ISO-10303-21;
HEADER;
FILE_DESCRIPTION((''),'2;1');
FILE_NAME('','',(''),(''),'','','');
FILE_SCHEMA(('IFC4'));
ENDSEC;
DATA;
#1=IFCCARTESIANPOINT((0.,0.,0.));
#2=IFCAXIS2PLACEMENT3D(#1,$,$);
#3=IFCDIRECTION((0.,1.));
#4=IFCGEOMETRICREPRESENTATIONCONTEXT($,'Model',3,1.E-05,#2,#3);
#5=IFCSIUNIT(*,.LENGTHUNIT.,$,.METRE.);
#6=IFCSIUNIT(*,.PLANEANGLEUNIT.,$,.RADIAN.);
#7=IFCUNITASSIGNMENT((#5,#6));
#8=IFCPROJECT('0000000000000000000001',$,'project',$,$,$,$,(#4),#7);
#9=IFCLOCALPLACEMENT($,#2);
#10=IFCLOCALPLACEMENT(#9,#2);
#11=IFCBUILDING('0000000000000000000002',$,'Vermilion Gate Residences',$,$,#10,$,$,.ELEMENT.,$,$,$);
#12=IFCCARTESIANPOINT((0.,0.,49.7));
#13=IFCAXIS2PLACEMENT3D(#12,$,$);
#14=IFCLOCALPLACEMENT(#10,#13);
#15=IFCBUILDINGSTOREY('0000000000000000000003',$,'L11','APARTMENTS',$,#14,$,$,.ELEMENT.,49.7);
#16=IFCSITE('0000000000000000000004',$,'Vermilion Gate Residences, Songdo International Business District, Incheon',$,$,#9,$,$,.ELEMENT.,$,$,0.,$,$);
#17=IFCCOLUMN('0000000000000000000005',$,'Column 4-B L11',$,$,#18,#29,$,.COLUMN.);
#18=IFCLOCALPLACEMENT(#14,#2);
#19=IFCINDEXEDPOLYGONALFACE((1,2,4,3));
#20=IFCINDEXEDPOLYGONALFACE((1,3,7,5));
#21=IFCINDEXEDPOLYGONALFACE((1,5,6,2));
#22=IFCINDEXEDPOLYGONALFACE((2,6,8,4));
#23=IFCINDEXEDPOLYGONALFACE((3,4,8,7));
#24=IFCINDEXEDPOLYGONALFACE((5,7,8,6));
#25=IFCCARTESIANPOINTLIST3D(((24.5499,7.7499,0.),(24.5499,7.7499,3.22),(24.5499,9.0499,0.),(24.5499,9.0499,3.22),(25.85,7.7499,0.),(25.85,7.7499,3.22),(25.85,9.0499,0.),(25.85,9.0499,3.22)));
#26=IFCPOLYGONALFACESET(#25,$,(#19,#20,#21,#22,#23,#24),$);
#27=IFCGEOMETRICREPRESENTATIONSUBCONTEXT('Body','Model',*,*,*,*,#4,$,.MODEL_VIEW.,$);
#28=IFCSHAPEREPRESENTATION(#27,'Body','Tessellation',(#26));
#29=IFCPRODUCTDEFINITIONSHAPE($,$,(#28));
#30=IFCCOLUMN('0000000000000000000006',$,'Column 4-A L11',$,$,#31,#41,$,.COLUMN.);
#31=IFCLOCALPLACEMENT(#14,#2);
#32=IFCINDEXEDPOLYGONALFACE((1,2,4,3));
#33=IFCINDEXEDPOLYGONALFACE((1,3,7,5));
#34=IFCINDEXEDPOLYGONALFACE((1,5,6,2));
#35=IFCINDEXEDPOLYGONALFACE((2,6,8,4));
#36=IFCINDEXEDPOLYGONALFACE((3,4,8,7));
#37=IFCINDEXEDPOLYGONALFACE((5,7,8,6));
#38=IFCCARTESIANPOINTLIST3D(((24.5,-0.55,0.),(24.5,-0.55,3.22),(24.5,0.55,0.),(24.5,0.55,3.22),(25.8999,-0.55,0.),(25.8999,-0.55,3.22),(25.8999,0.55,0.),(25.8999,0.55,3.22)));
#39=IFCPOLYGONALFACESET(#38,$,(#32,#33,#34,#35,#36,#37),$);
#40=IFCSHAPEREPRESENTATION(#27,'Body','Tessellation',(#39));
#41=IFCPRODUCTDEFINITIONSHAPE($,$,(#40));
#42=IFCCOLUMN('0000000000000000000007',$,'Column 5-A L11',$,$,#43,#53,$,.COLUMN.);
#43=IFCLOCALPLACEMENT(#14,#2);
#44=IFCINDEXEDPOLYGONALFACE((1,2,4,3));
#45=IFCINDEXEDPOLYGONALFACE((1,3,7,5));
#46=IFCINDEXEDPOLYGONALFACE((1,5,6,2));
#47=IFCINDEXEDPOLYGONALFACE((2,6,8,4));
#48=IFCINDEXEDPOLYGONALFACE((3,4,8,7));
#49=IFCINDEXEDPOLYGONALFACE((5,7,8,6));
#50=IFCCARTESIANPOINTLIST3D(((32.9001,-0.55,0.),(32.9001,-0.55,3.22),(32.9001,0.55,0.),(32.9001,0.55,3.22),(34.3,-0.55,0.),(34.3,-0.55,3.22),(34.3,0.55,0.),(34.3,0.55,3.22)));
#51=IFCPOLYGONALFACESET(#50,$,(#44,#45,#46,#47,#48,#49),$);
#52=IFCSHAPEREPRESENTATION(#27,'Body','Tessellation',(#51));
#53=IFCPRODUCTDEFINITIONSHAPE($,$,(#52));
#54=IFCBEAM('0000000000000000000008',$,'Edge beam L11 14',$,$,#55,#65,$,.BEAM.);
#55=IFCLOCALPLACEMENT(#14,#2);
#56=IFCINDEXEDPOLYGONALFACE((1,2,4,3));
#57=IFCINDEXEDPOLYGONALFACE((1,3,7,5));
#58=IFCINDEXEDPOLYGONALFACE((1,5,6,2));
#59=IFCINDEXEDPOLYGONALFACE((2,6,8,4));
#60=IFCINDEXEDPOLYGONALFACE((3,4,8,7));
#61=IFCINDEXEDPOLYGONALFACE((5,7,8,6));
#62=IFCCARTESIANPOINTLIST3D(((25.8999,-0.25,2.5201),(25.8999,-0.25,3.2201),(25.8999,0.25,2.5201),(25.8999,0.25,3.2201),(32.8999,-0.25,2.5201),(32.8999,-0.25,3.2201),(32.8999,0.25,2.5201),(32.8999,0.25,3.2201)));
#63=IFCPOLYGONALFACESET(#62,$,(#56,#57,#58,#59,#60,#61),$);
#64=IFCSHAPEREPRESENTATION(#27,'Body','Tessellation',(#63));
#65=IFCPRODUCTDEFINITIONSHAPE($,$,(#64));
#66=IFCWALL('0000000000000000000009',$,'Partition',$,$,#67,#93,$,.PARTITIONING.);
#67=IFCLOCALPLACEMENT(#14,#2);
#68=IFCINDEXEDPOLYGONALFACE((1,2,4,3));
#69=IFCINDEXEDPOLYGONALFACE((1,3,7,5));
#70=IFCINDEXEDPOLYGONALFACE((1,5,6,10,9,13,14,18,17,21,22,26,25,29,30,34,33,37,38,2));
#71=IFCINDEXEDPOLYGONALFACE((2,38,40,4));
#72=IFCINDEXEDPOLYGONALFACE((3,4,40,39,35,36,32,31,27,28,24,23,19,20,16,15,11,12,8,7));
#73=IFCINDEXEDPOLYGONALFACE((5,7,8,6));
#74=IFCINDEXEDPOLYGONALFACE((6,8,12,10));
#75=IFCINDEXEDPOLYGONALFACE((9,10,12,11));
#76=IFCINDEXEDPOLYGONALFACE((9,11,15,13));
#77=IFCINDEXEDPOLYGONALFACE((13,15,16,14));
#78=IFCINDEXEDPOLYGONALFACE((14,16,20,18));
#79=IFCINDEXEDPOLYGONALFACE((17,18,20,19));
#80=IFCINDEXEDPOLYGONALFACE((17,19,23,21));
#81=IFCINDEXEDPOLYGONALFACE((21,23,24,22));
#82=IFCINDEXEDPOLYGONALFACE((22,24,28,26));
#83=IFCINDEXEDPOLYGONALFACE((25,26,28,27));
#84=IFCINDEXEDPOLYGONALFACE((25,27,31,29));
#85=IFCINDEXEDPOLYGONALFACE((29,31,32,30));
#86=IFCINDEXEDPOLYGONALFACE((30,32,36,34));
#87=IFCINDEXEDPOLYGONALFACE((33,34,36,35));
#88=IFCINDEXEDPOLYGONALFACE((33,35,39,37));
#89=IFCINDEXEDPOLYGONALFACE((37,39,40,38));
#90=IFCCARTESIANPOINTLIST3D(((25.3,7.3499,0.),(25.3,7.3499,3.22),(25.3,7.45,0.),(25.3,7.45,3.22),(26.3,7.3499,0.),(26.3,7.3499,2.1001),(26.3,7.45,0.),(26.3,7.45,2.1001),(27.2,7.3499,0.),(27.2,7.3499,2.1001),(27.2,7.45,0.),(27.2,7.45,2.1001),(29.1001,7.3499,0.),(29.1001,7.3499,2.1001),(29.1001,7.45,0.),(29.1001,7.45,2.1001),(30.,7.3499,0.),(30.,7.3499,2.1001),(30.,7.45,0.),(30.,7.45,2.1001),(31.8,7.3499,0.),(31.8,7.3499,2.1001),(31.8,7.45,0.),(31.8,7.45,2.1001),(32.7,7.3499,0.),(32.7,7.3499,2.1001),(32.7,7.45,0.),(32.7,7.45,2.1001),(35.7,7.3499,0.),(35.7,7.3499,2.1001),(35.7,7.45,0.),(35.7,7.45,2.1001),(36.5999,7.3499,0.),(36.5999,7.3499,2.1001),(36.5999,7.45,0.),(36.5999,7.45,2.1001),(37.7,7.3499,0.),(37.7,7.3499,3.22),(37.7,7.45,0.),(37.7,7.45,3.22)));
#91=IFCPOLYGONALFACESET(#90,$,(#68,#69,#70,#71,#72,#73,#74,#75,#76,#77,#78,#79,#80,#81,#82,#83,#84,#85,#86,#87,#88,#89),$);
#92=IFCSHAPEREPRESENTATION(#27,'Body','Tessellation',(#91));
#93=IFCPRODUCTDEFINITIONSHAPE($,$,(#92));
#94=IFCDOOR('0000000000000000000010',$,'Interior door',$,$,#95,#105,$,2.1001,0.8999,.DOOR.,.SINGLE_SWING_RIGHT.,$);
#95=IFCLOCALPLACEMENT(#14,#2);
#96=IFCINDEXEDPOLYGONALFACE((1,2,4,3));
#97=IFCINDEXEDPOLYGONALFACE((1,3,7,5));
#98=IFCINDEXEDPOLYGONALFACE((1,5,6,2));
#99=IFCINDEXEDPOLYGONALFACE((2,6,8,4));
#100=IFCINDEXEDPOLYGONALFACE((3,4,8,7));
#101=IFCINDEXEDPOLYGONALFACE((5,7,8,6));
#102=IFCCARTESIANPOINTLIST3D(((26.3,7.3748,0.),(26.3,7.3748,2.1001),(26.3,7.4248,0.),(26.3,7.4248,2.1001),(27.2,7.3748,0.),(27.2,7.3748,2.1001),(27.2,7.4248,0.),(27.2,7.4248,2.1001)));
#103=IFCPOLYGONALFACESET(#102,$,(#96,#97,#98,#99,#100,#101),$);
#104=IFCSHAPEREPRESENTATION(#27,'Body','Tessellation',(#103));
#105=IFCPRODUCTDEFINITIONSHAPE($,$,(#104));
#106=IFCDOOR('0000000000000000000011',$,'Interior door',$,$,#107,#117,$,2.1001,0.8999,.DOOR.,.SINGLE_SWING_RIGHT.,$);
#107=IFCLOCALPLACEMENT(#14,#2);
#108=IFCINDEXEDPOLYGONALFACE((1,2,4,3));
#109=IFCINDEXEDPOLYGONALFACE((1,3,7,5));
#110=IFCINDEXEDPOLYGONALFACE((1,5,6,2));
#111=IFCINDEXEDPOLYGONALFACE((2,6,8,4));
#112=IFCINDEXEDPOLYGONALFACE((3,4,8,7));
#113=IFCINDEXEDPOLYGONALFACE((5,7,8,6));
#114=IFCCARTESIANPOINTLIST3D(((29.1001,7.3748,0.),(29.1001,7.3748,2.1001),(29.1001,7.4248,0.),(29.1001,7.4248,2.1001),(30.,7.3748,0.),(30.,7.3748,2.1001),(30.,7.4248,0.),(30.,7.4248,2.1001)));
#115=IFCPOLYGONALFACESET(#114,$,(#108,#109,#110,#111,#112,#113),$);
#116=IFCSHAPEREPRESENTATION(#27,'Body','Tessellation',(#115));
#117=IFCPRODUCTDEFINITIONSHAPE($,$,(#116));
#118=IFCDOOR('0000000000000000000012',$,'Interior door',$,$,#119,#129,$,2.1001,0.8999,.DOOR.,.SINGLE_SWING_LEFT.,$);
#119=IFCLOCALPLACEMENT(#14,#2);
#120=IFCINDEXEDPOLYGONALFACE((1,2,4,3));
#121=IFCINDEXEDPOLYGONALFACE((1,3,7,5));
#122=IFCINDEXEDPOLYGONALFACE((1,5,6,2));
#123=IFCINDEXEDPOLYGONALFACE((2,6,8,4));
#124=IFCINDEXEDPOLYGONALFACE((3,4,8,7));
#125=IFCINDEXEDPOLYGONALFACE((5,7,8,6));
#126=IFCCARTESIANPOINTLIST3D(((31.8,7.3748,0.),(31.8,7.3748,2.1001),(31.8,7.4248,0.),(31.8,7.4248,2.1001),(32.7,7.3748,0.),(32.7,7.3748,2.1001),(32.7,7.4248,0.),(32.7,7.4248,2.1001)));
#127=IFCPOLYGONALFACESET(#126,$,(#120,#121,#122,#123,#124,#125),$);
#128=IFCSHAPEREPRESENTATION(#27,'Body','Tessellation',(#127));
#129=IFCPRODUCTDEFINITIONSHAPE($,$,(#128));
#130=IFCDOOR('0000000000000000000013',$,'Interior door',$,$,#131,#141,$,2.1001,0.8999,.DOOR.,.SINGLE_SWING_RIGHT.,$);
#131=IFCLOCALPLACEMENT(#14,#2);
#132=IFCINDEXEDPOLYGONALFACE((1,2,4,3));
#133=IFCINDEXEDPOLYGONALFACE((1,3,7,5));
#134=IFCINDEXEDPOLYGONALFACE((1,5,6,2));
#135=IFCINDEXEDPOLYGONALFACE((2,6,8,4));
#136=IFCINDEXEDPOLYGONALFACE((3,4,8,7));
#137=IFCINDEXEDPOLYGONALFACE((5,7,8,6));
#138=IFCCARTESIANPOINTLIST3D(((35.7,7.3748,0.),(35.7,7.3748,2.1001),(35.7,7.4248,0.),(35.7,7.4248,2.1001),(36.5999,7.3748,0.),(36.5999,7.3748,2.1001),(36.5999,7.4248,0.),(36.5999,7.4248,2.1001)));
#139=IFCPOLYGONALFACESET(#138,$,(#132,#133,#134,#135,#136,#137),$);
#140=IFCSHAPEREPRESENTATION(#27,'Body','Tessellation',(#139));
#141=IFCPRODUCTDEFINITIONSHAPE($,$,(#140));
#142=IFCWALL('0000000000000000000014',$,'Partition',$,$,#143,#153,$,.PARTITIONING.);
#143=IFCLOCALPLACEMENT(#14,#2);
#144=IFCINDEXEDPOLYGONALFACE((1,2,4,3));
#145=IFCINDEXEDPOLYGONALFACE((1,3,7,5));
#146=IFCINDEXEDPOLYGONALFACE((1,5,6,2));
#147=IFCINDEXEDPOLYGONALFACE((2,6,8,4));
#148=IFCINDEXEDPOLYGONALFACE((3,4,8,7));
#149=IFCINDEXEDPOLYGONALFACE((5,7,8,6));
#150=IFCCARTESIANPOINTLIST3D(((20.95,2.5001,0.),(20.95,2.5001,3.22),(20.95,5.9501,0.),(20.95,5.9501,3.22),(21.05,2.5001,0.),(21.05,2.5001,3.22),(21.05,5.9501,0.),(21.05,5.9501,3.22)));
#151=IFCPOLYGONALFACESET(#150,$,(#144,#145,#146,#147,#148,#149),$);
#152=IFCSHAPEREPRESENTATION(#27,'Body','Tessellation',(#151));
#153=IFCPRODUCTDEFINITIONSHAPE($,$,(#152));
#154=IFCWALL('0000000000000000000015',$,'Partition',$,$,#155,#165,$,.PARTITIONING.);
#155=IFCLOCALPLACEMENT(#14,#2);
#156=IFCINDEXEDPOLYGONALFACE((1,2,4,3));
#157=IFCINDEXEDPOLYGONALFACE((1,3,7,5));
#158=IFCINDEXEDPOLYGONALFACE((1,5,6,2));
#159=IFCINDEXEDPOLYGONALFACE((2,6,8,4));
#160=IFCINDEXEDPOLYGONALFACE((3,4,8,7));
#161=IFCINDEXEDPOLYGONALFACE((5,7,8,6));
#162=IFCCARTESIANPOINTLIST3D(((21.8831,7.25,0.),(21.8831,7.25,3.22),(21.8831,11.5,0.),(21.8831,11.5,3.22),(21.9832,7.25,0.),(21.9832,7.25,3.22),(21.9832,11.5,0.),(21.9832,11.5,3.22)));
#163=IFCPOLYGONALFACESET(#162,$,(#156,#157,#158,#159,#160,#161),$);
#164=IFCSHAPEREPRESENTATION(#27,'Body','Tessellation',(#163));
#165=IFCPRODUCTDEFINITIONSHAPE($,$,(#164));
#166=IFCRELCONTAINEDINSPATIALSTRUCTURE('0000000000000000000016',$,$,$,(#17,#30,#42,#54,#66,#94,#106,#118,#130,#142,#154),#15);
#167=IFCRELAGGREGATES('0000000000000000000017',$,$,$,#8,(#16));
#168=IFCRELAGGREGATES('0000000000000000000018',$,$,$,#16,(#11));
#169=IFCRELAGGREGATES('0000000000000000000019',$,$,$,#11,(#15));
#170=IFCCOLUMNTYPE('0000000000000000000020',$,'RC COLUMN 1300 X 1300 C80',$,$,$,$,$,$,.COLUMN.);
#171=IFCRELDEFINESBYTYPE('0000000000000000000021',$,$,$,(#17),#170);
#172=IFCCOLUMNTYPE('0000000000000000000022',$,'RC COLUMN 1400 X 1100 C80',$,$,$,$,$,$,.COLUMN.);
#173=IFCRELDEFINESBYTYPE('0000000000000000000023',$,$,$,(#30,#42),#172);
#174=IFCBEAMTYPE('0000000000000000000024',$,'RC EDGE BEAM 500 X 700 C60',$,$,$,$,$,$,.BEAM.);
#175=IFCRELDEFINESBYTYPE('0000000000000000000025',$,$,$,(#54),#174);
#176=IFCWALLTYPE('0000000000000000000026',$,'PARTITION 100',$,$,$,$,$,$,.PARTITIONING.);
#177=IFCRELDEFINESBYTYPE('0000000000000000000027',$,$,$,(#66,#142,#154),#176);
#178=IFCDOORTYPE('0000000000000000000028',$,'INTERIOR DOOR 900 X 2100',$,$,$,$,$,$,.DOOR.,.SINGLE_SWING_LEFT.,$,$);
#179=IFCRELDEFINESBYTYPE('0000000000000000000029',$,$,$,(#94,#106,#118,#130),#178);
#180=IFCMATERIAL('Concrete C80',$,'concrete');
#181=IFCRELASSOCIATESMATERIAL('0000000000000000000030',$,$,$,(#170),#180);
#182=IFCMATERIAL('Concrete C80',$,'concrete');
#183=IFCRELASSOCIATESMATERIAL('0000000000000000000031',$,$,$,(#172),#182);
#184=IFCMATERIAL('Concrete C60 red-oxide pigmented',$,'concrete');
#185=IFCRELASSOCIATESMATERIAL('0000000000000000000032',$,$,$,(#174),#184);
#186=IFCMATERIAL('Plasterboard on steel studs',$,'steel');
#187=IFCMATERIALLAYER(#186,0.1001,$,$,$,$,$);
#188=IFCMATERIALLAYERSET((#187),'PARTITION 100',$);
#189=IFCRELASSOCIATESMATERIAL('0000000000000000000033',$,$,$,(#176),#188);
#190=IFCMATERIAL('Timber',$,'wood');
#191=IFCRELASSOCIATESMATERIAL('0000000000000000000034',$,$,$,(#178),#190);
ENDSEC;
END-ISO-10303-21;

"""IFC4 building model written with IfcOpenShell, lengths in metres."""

from ifc_helpers import new_model, si_unit, direction, frame, frame_2d, origin, origin_2d, place, context, subcontext, project, spatial, rectangle, extrude, material, layer, layer_set, material_profile, profile_set, type_object, element, fill, save


model = new_model("IFC4")

# Units and contexts
model_context = context("Model", 3, precision=1e-05, world=origin(), true_north=direction((0.0, 1.0)))
body_context = subcontext(model_context, "Body", "Model", "MODEL_VIEW")
ifc_project = project(units=[si_unit("LENGTHUNIT", "METRE"), si_unit("PLANEANGLEUNIT", "RADIAN")], contexts=[model_context])

# Site, building, storey
site_placement = place(None, origin())
site = spatial("IfcSite", under=ifc_project, at=site_placement, Name="Vermilion Gate Residences, Songdo International Business District, Incheon", CompositionType="ELEMENT", RefElevation=0.0)
building_placement = place(site_placement, origin())
building = spatial("IfcBuilding", under=site, at=building_placement, Name="Vermilion Gate Residences", CompositionType="ELEMENT")
storey_placement = place(building_placement, frame((0.0, 0.0, 49.7)))
storey = spatial("IfcBuildingStorey", under=building, at=storey_placement, Name="L11", Description="APARTMENTS", CompositionType="ELEMENT", Elevation=49.7)

# Columns
ifc_material_1 = material(Name="Concrete C80", Category="concrete")
ifc_material_profile_1 = material_profile(ifc_material_1, rectangle(XDim=1.3, YDim=1.3, at=origin_2d()), Name="RC-1300x1300")
ifc_profile_set_1 = profile_set([ifc_material_profile_1], Name="Concrete C80")
column_type_1 = type_object("IfcColumnType", Name="RC COLUMN 1300 X 1300 C80", PredefinedType="COLUMN", material=ifc_profile_set_1)
column_placement = place(storey_placement, frame((25.2, 8.3999, 0.0), z_axis=(0.0, 0.0, 1.0), x_axis=(1.0, 0.0, 0.0)))
element("IfcColumn", 1, at=column_placement, inside=storey, type_object=column_type_1, Name="Column 4-B L11", PredefinedType="COLUMN", context=body_context, shape_type="SweptSolid", body=[
    extrude(rectangle(XDim=1.3, YDim=1.3, at=origin_2d()), origin(), (0.0, 0.0, 1.0), 3.22),
])
ifc_material_2 = material(Name="Concrete C80", Category="concrete")
ifc_material_profile_2 = material_profile(ifc_material_2, rectangle(XDim=1.3999, YDim=1.1001, at=origin_2d()), Name="RC-1400x1100")
ifc_profile_set_2 = profile_set([ifc_material_profile_2], Name="Concrete C80")
column_type_2 = type_object("IfcColumnType", Name="RC COLUMN 1400 X 1100 C80", PredefinedType="COLUMN", material=ifc_profile_set_2)
for number, where, z_axis, x_axis, name in (
    (2, (25.2, 0.0, 0.0), (0.0, 0.0, 1.0), (1.0, 0.0, 0.0), "Column 4-A L11"),
    (3, (33.6001, 0.0, 0.0), (0.0, 0.0, 1.0), (1.0, 0.0, 0.0), "Column 5-A L11"),
):
    element("IfcColumn", number, at=place(storey_placement, frame(where, z_axis=z_axis, x_axis=x_axis)), inside=storey, type_object=column_type_2, Name=name, PredefinedType="COLUMN", context=body_context, shape_type="SweptSolid", body=[
        extrude(rectangle(XDim=1.3999, YDim=1.1001, at=origin_2d()), origin(), (0.0, 0.0, 1.0), 3.22),
    ])

# Beam
ifc_material_3 = material(Name="Concrete C60 red-oxide pigmented", Category="concrete")
ifc_material_profile_3 = material_profile(ifc_material_3, rectangle(XDim=0.5, YDim=0.7, at=origin_2d()), Name="RC-500x700")
ifc_profile_set_3 = profile_set([ifc_material_profile_3], Name="Concrete C60 red-oxide pigmented")
beam_type = type_object("IfcBeamType", Name="RC EDGE BEAM 500 X 700 C60", PredefinedType="BEAM", material=ifc_profile_set_3)
beam_placement = place(storey_placement, frame((25.8999, 0.0, 2.8701), z_axis=(1.0, 0.0, 0.0), x_axis=(0.0, 1.0, 0.0)))
element("IfcBeam", 4, at=beam_placement, inside=storey, type_object=beam_type, Name="Edge beam L11 14", PredefinedType="BEAM", context=body_context, shape_type="SweptSolid", body=[
    extrude(rectangle(XDim=0.5, YDim=0.7, at=origin_2d()), origin(), (0.0, 0.0, 1.0), 7.0),
])

# Wall, openings, doors
ifc_material_4 = material(Name="Plasterboard on steel studs", Category="steel")
ifc_layer_1 = layer(ifc_material_4, 0.1001)
ifc_layer_set_1 = layer_set([ifc_layer_1], Name="PARTITION 100")
wall_type_1 = type_object("IfcWallType", Name="PARTITION 100", PredefinedType="PARTITIONING", material=ifc_layer_set_1)
wall_1_placement = place(storey_placement, frame((25.3, 7.3999, 0.0), z_axis=(0.0, 0.0, 1.0), x_axis=(1.0, 0.0, 0.0)))
wall_1 = element("IfcWall", 5, at=wall_1_placement, inside=storey, type_object=wall_type_1, Name="Partition", PredefinedType="PARTITIONING", context=body_context, shape_type="SweptSolid", body=[
    extrude(rectangle(XDim=12.3999, YDim=0.1001, at=frame_2d((6.2, 0.0))), origin(), (0.0, 0.0, 1.0), 3.22),
])
opening_1_placement = place(wall_1_placement, frame((1.0, 0.0, 0.0)))
opening_1 = element("IfcOpeningElement", 6, at=opening_1_placement, cuts=wall_1, PredefinedType="OPENING", context=body_context, shape_type="SweptSolid", body=[
    extrude(rectangle(XDim=0.8999, YDim=2.1001, at=frame_2d((0.45, 1.05))), frame((0.0, 0.0601, 0.0), z_axis=(0.0, -1.0, 0.0), x_axis=(1.0, 0.0, 0.0)), (0.0, 0.0, 1.0), 0.1201),
])
opening_2_placement = place(wall_1_placement, frame((3.8, 0.0, 0.0)))
opening_2 = element("IfcOpeningElement", 7, at=opening_2_placement, cuts=wall_1, PredefinedType="OPENING", context=body_context, shape_type="SweptSolid", body=[
    extrude(rectangle(XDim=0.8999, YDim=2.1001, at=frame_2d((0.45, 1.05))), frame((0.0, 0.0601, 0.0), z_axis=(0.0, -1.0, 0.0), x_axis=(1.0, 0.0, 0.0)), (0.0, 0.0, 1.0), 0.1201),
])
opening_3_placement = place(wall_1_placement, frame((6.5, 0.0, 0.0)))
opening_3 = element("IfcOpeningElement", 8, at=opening_3_placement, cuts=wall_1, PredefinedType="OPENING", context=body_context, shape_type="SweptSolid", body=[
    extrude(rectangle(XDim=0.8999, YDim=2.1001, at=frame_2d((0.45, 1.05))), frame((0.0, 0.0601, 0.0), z_axis=(0.0, -1.0, 0.0), x_axis=(1.0, 0.0, 0.0)), (0.0, 0.0, 1.0), 0.1201),
])
opening_4_placement = place(wall_1_placement, frame((10.3999, 0.0, 0.0)))
opening_4 = element("IfcOpeningElement", 9, at=opening_4_placement, cuts=wall_1, PredefinedType="OPENING", context=body_context, shape_type="SweptSolid", body=[
    extrude(rectangle(XDim=0.8999, YDim=2.1001, at=frame_2d((0.45, 1.05))), frame((0.0, 0.0601, 0.0), z_axis=(0.0, -1.0, 0.0), x_axis=(1.0, 0.0, 0.0)), (0.0, 0.0, 1.0), 0.1201),
])
ifc_material_5 = material(Name="Timber", Category="wood")
door_type = type_object("IfcDoorType", Name="INTERIOR DOOR 900 X 2100", OperationType="SINGLE_SWING_LEFT", PredefinedType="DOOR", material=ifc_material_5)
door_1_placement = place(opening_1_placement, origin())
door_1 = element("IfcDoor", 10, at=door_1_placement, inside=storey, type_object=door_type, Name="Interior door", OperationType="SINGLE_SWING_RIGHT", OverallHeight=2.1001, OverallWidth=0.8999, PredefinedType="DOOR", context=body_context, shape_type="SweptSolid", body=[
    extrude(rectangle(XDim=0.8999, YDim=2.1001, at=frame_2d((0.45, 1.05))), frame((0.0, 0.0249, 0.0), z_axis=(0.0, -1.0, 0.0), x_axis=(1.0, 0.0, 0.0)), (0.0, 0.0, 1.0), 0.05),
])
fill(opening_1, door_1)
door_2_placement = place(opening_2_placement, origin())
door_2 = element("IfcDoor", 11, at=door_2_placement, inside=storey, type_object=door_type, Name="Interior door", OperationType="SINGLE_SWING_RIGHT", OverallHeight=2.1001, OverallWidth=0.8999, PredefinedType="DOOR", context=body_context, shape_type="SweptSolid", body=[
    extrude(rectangle(XDim=0.8999, YDim=2.1001, at=frame_2d((0.45, 1.05))), frame((0.0, 0.0249, 0.0), z_axis=(0.0, -1.0, 0.0), x_axis=(1.0, 0.0, 0.0)), (0.0, 0.0, 1.0), 0.05),
])
fill(opening_2, door_2)
door_3_placement = place(opening_3_placement, origin())
door_3 = element("IfcDoor", 12, at=door_3_placement, inside=storey, type_object=door_type, Name="Interior door", OperationType="SINGLE_SWING_LEFT", OverallHeight=2.1001, OverallWidth=0.8999, PredefinedType="DOOR", context=body_context, shape_type="SweptSolid", body=[
    extrude(rectangle(XDim=0.8999, YDim=2.1001, at=frame_2d((0.45, 1.05))), frame((0.0, 0.0249, 0.0), z_axis=(0.0, -1.0, 0.0), x_axis=(1.0, 0.0, 0.0)), (0.0, 0.0, 1.0), 0.05),
])
fill(opening_3, door_3)
door_4_placement = place(opening_4_placement, origin())
door_4 = element("IfcDoor", 13, at=door_4_placement, inside=storey, type_object=door_type, Name="Interior door", OperationType="SINGLE_SWING_RIGHT", OverallHeight=2.1001, OverallWidth=0.8999, PredefinedType="DOOR", context=body_context, shape_type="SweptSolid", body=[
    extrude(rectangle(XDim=0.8999, YDim=2.1001, at=frame_2d((0.45, 1.05))), frame((0.0, 0.0249, 0.0), z_axis=(0.0, -1.0, 0.0), x_axis=(1.0, 0.0, 0.0)), (0.0, 0.0, 1.0), 0.05),
])
fill(opening_4, door_4)

# Walls
wall_2_placement = place(storey_placement, frame((21.0, 2.5, 0.0), z_axis=(0.0, 0.0, 1.0), x_axis=(0.0, 1.0, 0.0)))
element("IfcWall", 14, at=wall_2_placement, inside=storey, type_object=wall_type_1, Name="Partition", PredefinedType="PARTITIONING", context=body_context, shape_type="SweptSolid", body=[
    extrude(rectangle(XDim=3.45, YDim=0.1001, at=frame_2d((1.7251, 0.0))), origin(), (0.0, 0.0, 1.0), 3.22),
])
wall_3_placement = place(storey_placement, frame((21.9331, 7.25, 0.0), z_axis=(0.0, 0.0, 1.0), x_axis=(0.0, 1.0, 0.0)))
element("IfcWall", 15, at=wall_3_placement, inside=storey, type_object=wall_type_1, Name="Partition", PredefinedType="PARTITIONING", context=body_context, shape_type="SweptSolid", body=[
    extrude(rectangle(XDim=4.25, YDim=0.1001, at=frame_2d((2.125, 0.0))), origin(), (0.0, 0.0, 1.0), 3.22),
])

save(model, "model.ifc")
